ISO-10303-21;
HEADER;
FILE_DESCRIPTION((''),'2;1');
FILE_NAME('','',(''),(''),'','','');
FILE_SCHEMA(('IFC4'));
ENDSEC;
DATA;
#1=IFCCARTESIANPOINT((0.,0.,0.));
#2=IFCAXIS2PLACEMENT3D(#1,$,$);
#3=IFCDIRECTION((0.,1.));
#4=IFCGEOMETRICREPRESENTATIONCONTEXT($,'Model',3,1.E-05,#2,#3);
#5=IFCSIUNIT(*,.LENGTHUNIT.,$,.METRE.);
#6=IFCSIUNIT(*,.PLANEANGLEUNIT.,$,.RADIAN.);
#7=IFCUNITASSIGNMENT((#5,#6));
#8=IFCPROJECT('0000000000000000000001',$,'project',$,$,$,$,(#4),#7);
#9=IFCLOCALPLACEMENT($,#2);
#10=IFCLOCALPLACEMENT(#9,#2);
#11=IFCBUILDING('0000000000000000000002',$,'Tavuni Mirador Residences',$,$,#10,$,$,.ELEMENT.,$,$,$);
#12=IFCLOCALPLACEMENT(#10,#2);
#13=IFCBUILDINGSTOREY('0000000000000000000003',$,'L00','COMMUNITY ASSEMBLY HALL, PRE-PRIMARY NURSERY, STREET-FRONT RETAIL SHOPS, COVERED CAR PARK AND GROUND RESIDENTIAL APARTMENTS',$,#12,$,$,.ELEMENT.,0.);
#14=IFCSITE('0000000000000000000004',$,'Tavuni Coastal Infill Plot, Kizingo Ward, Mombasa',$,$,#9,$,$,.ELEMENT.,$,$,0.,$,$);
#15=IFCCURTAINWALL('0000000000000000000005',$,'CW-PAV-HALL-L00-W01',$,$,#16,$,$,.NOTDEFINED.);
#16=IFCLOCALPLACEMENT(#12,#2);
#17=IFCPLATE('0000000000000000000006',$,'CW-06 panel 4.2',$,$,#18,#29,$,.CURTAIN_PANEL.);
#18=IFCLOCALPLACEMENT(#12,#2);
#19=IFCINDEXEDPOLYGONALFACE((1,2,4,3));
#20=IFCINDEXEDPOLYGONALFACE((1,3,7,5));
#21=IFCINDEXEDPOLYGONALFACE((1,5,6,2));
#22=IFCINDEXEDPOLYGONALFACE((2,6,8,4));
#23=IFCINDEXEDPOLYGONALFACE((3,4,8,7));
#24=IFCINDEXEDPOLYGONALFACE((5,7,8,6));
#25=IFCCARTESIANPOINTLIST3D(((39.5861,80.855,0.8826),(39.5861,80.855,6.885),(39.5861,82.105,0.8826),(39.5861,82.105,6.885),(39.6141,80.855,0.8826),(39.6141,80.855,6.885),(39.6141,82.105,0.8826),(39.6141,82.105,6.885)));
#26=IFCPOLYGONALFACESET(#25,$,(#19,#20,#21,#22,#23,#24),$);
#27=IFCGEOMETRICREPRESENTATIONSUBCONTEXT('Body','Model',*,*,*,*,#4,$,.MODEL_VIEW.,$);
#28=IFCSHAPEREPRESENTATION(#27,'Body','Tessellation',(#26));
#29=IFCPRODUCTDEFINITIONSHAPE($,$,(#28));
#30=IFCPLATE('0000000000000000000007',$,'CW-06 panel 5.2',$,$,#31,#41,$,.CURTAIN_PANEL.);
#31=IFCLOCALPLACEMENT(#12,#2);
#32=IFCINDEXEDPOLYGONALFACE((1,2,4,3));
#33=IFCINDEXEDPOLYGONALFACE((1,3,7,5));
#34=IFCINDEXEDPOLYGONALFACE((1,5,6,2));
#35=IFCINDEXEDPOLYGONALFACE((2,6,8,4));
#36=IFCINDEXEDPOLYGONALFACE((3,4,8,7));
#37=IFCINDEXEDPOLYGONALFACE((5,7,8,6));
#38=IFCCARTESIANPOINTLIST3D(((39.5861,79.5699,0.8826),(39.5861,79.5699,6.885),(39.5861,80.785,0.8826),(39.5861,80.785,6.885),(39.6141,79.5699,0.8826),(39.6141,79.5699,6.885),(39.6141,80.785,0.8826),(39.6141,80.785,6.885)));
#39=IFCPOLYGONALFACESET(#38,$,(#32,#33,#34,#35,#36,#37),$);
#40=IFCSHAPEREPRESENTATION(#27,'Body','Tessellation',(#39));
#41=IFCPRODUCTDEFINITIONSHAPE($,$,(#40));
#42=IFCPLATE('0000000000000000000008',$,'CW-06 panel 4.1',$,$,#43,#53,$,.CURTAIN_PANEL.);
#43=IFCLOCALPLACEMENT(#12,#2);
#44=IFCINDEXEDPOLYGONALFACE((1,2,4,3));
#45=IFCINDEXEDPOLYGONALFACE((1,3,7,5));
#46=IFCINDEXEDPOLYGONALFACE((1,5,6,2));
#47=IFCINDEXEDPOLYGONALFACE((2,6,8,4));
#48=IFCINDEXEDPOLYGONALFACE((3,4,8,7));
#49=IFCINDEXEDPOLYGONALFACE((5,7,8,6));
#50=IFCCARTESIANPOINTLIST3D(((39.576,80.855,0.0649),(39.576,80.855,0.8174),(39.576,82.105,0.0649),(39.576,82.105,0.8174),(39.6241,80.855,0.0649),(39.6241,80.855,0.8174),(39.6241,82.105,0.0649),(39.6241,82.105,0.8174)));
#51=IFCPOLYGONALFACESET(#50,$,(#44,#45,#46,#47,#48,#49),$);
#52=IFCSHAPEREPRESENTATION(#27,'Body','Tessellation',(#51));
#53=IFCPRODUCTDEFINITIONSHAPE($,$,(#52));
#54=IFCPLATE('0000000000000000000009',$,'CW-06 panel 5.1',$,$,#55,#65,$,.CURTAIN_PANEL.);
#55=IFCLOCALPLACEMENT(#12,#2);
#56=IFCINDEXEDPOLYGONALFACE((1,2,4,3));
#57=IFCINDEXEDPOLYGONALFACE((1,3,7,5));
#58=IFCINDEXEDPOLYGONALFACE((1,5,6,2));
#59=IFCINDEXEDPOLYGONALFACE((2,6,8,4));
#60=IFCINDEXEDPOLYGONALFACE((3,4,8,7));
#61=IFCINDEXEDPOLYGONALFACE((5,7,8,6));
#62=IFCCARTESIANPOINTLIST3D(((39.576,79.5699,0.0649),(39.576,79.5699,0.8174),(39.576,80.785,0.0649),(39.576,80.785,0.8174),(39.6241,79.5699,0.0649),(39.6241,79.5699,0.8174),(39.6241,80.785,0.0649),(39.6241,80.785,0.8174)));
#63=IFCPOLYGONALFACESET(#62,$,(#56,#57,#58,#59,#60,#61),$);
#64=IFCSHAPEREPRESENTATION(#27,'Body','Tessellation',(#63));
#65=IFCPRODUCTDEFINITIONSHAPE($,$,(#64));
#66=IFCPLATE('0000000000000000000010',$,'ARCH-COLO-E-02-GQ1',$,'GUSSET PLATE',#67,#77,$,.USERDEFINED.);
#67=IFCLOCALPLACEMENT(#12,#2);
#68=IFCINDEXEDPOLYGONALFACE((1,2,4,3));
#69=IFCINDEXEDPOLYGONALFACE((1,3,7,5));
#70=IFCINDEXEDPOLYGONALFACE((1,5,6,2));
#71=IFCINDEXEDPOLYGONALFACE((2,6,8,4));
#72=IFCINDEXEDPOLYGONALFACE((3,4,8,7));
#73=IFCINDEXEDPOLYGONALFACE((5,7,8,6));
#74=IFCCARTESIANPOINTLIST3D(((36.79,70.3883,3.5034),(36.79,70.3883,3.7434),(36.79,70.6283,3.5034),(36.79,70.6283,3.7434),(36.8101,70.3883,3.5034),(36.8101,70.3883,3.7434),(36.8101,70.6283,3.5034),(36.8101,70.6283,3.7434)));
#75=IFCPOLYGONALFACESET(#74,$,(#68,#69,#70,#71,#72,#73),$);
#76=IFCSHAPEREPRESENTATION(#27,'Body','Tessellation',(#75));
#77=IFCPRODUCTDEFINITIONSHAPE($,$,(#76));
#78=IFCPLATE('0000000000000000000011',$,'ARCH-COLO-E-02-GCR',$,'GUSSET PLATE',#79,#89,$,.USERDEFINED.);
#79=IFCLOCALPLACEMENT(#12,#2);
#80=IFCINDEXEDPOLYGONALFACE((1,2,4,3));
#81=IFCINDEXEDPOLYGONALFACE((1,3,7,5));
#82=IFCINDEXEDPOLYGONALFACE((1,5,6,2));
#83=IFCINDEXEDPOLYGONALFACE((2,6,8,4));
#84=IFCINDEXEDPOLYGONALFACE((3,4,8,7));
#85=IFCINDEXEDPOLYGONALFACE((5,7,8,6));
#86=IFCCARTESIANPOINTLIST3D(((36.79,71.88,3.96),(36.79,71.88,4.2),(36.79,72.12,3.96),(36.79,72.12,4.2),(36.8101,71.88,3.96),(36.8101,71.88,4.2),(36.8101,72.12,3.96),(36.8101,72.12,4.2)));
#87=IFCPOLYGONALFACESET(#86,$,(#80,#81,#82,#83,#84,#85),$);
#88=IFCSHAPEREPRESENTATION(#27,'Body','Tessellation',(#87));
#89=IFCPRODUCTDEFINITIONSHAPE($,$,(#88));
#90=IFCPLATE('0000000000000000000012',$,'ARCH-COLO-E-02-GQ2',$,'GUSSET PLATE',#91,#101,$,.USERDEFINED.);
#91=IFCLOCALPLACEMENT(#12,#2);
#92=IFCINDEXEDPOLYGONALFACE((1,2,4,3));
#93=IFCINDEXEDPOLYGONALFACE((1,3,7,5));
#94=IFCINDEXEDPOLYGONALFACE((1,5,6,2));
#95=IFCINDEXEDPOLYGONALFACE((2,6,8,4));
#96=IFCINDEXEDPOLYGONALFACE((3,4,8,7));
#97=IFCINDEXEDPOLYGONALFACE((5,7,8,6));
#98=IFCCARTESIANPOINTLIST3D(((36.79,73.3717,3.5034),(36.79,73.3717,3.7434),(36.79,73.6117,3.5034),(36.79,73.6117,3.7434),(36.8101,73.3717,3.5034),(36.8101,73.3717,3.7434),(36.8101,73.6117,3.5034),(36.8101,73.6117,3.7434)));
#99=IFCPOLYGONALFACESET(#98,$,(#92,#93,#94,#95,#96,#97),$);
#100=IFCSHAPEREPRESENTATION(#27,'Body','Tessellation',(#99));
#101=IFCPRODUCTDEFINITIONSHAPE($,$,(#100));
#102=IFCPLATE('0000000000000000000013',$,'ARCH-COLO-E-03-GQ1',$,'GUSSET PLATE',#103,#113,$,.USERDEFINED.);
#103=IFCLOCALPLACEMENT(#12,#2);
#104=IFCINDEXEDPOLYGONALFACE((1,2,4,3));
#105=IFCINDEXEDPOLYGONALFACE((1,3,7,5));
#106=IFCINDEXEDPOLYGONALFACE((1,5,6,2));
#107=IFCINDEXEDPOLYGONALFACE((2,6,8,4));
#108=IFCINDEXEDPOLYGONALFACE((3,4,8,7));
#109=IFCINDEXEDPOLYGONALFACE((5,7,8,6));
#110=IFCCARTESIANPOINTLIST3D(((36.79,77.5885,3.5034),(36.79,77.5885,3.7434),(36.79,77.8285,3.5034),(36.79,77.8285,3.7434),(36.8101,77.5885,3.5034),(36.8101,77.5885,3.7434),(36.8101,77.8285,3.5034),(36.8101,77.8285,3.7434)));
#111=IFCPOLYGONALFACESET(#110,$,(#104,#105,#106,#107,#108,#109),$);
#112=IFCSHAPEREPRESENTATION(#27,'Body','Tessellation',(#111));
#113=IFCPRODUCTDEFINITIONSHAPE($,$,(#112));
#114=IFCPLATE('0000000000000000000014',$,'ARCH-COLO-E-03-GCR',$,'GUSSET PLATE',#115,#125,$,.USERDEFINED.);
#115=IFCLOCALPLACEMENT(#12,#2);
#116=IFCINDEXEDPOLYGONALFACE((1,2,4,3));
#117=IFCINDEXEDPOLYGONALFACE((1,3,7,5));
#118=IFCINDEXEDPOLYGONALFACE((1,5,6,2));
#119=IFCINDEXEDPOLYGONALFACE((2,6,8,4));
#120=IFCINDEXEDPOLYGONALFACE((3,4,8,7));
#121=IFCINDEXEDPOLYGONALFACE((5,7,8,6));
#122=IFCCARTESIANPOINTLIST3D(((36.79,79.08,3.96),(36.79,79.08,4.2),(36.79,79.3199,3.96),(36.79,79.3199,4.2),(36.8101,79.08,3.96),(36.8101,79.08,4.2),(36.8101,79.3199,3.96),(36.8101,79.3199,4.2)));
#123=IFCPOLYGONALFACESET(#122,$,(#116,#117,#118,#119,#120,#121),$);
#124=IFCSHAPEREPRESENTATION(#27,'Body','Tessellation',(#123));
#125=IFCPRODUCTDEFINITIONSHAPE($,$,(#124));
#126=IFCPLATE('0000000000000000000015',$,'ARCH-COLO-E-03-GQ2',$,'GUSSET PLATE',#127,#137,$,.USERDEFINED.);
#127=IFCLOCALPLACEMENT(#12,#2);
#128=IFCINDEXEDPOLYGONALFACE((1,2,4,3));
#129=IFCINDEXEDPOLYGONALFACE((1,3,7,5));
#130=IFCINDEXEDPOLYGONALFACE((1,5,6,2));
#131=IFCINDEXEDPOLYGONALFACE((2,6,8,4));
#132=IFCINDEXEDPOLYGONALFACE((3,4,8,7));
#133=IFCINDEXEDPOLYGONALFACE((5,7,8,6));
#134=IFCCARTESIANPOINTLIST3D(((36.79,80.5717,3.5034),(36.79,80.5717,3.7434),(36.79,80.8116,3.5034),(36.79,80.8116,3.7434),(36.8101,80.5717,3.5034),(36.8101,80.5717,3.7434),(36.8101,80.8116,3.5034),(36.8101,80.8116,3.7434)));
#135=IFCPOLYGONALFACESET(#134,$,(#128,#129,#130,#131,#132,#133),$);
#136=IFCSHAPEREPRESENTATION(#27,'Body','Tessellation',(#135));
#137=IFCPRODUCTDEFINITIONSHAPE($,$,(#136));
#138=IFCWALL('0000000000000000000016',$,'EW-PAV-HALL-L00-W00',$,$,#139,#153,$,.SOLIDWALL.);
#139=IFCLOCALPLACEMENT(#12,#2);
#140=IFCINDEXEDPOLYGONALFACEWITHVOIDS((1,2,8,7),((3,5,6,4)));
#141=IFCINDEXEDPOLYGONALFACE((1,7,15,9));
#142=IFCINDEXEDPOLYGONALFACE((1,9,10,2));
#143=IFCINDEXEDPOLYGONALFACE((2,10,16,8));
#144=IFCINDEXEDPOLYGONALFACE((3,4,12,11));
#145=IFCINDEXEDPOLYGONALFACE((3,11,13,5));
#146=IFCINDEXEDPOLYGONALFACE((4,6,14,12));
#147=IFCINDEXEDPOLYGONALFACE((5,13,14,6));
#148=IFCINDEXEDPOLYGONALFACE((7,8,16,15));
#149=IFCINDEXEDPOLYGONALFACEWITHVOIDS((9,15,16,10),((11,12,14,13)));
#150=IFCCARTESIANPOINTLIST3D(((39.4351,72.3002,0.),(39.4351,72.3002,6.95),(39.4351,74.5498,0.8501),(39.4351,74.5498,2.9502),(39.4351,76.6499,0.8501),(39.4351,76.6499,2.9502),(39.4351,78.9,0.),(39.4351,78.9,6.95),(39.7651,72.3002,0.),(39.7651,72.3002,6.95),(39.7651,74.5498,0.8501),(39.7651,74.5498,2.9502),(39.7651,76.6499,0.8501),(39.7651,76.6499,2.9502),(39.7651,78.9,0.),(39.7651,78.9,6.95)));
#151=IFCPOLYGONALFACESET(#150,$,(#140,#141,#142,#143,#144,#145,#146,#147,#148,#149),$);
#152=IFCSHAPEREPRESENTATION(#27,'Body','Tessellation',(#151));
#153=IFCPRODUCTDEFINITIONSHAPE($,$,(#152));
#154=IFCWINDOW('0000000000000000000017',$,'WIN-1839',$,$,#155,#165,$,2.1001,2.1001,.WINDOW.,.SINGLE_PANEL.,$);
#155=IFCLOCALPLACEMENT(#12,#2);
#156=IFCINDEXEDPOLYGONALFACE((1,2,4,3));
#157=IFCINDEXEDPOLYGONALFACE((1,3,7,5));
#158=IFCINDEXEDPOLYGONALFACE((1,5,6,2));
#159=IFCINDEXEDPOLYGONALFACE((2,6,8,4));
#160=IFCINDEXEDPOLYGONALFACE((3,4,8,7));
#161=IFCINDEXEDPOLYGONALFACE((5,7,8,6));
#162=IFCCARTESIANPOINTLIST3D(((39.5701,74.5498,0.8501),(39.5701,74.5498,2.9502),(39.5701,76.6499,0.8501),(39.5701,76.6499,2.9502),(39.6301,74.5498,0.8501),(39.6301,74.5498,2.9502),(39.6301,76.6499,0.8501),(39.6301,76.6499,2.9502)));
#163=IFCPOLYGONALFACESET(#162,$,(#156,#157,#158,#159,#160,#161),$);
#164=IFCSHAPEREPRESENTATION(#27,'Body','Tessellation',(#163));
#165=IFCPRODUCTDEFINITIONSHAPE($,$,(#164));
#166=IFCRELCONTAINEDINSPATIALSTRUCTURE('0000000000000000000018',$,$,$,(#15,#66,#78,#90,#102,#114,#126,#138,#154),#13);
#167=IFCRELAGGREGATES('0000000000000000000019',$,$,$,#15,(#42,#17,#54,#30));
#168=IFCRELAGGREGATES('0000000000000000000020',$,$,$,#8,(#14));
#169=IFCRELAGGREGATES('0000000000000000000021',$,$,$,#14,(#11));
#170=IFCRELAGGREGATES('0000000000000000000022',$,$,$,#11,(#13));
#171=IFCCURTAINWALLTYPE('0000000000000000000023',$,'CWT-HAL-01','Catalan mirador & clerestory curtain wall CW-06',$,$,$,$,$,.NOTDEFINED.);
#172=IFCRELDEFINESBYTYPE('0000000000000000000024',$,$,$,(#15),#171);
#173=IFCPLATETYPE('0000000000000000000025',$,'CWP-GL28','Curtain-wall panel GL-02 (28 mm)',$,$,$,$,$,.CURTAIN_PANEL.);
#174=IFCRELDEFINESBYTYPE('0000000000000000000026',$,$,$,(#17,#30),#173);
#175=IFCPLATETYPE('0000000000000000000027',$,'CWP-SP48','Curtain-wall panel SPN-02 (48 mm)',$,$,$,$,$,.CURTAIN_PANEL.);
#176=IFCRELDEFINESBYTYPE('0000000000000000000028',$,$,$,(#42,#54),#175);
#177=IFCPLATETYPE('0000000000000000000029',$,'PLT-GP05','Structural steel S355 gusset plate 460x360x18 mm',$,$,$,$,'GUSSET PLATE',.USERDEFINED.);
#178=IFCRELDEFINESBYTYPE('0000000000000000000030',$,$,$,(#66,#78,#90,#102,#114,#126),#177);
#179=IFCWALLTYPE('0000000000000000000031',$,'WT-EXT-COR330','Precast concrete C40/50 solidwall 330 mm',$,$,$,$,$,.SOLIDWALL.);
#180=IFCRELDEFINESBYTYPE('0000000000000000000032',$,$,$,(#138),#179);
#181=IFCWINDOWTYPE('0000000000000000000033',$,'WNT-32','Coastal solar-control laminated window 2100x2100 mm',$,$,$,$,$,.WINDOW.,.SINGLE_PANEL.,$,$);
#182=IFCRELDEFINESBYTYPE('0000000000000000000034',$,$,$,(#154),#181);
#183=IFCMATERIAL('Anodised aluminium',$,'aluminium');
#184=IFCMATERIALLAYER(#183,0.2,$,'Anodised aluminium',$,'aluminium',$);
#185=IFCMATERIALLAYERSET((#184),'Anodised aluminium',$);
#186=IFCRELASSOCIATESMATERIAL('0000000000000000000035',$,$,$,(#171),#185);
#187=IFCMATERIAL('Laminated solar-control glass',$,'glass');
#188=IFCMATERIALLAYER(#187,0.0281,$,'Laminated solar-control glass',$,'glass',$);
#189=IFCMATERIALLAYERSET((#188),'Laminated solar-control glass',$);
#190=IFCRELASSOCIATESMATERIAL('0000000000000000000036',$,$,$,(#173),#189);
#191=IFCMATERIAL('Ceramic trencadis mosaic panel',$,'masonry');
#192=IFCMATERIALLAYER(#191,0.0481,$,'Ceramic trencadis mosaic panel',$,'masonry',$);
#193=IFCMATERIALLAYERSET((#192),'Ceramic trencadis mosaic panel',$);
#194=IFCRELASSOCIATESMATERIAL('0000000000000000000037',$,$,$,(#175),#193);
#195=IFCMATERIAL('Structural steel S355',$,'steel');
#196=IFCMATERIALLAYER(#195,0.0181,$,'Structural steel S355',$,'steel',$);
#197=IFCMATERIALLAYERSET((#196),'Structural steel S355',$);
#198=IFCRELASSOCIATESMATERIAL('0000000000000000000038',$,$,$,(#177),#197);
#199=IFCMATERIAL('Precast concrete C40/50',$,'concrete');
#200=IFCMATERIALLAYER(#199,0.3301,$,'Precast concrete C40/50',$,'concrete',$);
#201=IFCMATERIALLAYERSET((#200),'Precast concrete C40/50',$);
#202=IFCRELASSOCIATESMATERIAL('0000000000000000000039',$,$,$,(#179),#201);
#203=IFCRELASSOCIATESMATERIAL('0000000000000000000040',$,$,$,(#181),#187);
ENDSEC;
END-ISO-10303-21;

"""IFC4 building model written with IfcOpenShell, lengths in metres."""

from ifc_helpers import new_model, si_unit, direction, frame, frame_2d, origin, origin_2d, place, context, subcontext, project, spatial, rectangle, extrude, material, layer, layer_set, type_object, element, fill, aggregate, save


model = new_model("IFC4")

# Units and contexts
model_context = context("Model", 3, precision=1e-05, world=origin(), true_north=direction((0.0, 1.0)))
body_context = subcontext(model_context, "Body", "Model", "MODEL_VIEW")
ifc_project = project(units=[si_unit("LENGTHUNIT", "METRE"), si_unit("PLANEANGLEUNIT", "RADIAN")], contexts=[model_context])

# Site, building, storey
site_placement = place(None, origin())
site = spatial("IfcSite", under=ifc_project, at=site_placement, Name="Tavuni Coastal Infill Plot, Kizingo Ward, Mombasa", CompositionType="ELEMENT", RefElevation=0.0)
building_placement = place(site_placement, origin())
building = spatial("IfcBuilding", under=site, at=building_placement, Name="Tavuni Mirador Residences", CompositionType="ELEMENT")
storey_placement = place(building_placement, origin())
storey = spatial("IfcBuildingStorey", under=building, at=storey_placement, Name="L00", Description="COMMUNITY ASSEMBLY HALL, PRE-PRIMARY NURSERY, STREET-FRONT RETAIL SHOPS, COVERED CAR PARK AND GROUND RESIDENTIAL APARTMENTS", CompositionType="ELEMENT", Elevation=0.0)

# Shared definitions
ifc_material_1 = material(Name="Precast concrete C40/50", Category="concrete")

# Curtain wall
ifc_material_2 = material(Name="Anodised aluminium", Category="aluminium")
ifc_layer_1 = layer(ifc_material_2, 0.2, Name="Anodised aluminium", Category="aluminium")
ifc_layer_set_1 = layer_set([ifc_layer_1], Name="Anodised aluminium")
curtain_wall_type = type_object("IfcCurtainWallType", Name="CWT-HAL-01", Description="Catalan mirador & clerestory curtain wall CW-06", PredefinedType="NOTDEFINED", material=ifc_layer_set_1)
curtain_wall_placement = place(storey_placement, origin())
curtain_wall = element("IfcCurtainWall", 1, at=curtain_wall_placement, inside=storey, type_object=curtain_wall_type, Name="CW-PAV-HALL-L00-W01", PredefinedType="NOTDEFINED")

# Shared definitions
ifc_material_3 = material(Name="Structural steel S355", Category="steel")

# Plates
ifc_material_4 = material(Name="Laminated solar-control glass", Category="glass")
ifc_layer_2 = layer(ifc_material_4, 0.0281, Name="Laminated solar-control glass", Category="glass")
ifc_layer_set_2 = layer_set([ifc_layer_2], Name="Laminated solar-control glass")
plate_type_1 = type_object("IfcPlateType", Name="CWP-GL28", Description="Curtain-wall panel GL-02 (28 mm)", PredefinedType="CURTAIN_PANEL", material=ifc_layer_set_2)
plate_1_placement = place(storey_placement, frame((39.6001, 81.48, 0.8826), z_axis=(0.0, 0.0, 1.0), x_axis=(0.0, -1.0, 0.0)))
plate_1 = element("IfcPlate", 2, at=plate_1_placement, type_object=plate_type_1, Name="CW-06 panel 4.2", PredefinedType="CURTAIN_PANEL", context=body_context, shape_type="SweptSolid", body=[
    extrude(rectangle(XDim=1.25, YDim=0.0281, at=origin_2d()), origin(), (0.0, 0.0, 1.0), 6.0024),
])
plate_2_placement = place(storey_placement, frame((39.6001, 80.1775, 0.8826), z_axis=(0.0, 0.0, 1.0), x_axis=(0.0, -1.0, 0.0)))
plate_2 = element("IfcPlate", 3, at=plate_2_placement, type_object=plate_type_1, Name="CW-06 panel 5.2", PredefinedType="CURTAIN_PANEL", context=body_context, shape_type="SweptSolid", body=[
    extrude(rectangle(XDim=1.2151, YDim=0.0281, at=origin_2d()), origin(), (0.0, 0.0, 1.0), 6.0024),
])
ifc_material_5 = material(Name="Ceramic trencadis mosaic panel", Category="masonry")
ifc_layer_3 = layer(ifc_material_5, 0.0481, Name="Ceramic trencadis mosaic panel", Category="masonry")
ifc_layer_set_3 = layer_set([ifc_layer_3], Name="Ceramic trencadis mosaic panel")
plate_type_2 = type_object("IfcPlateType", Name="CWP-SP48", Description="Curtain-wall panel SPN-02 (48 mm)", PredefinedType="CURTAIN_PANEL", material=ifc_layer_set_3)
plate_3_placement = place(storey_placement, frame((39.6001, 81.48, 0.0649), z_axis=(0.0, 0.0, 1.0), x_axis=(0.0, -1.0, 0.0)))
plate_3 = element("IfcPlate", 4, at=plate_3_placement, type_object=plate_type_2, Name="CW-06 panel 4.1", PredefinedType="CURTAIN_PANEL", context=body_context, shape_type="SweptSolid", body=[
    extrude(rectangle(XDim=1.25, YDim=0.0481, at=origin_2d()), origin(), (0.0, 0.0, 1.0), 0.7524),
])
plate_4_placement = place(storey_placement, frame((39.6001, 80.1775, 0.0649), z_axis=(0.0, 0.0, 1.0), x_axis=(0.0, -1.0, 0.0)))
plate_4 = element("IfcPlate", 5, at=plate_4_placement, type_object=plate_type_2, Name="CW-06 panel 5.1", PredefinedType="CURTAIN_PANEL", context=body_context, shape_type="SweptSolid", body=[
    extrude(rectangle(XDim=1.2151, YDim=0.0481, at=origin_2d()), origin(), (0.0, 0.0, 1.0), 0.7524),
])
aggregate(curtain_wall, [plate_3, plate_1, plate_4, plate_2])

# Plates
ifc_layer_4 = layer(ifc_material_3, 0.0181, Name="Structural steel S355", Category="steel")
ifc_layer_set_4 = layer_set([ifc_layer_4], Name="Structural steel S355")
plate_type_3 = type_object("IfcPlateType", Name="PLT-GP05", Description="Structural steel S355 gusset plate 460x360x18 mm", ElementType="GUSSET PLATE", PredefinedType="USERDEFINED", material=ifc_layer_set_4)
for number, where, z_axis, x_axis, name in (
    (6, (36.8, 70.5083, 3.5034), (0.0, 0.0, 1.0), (1.0, 0.0, 0.0), "ARCH-COLO-E-02-GQ1"),
    (7, (36.8, 72.0, 3.96), (0.0, 0.0, 1.0), (1.0, 0.0, 0.0), "ARCH-COLO-E-02-GCR"),
    (8, (36.8, 73.4917, 3.5034), (0.0, 0.0, 1.0), (1.0, 0.0, 0.0), "ARCH-COLO-E-02-GQ2"),
    (9, (36.8, 77.7085, 3.5034), (0.0, 0.0, 1.0), (1.0, 0.0, 0.0), "ARCH-COLO-E-03-GQ1"),
    (10, (36.8, 79.2, 3.96), (0.0, 0.0, 1.0), (1.0, 0.0, 0.0), "ARCH-COLO-E-03-GCR"),
    (11, (36.8, 80.6917, 3.5034), (0.0, 0.0, 1.0), (1.0, 0.0, 0.0), "ARCH-COLO-E-03-GQ2"),
):
    element("IfcPlate", number, at=place(storey_placement, frame(where, z_axis=z_axis, x_axis=x_axis)), inside=storey, type_object=plate_type_3, Name=name, ObjectType="GUSSET PLATE", PredefinedType="USERDEFINED", context=body_context, shape_type="SweptSolid", body=[
        extrude(rectangle(XDim=0.02, YDim=0.24, at=origin_2d()), origin(), (0.0, 0.0, 1.0), 0.24),
    ])

# Wall, opening, window
ifc_layer_5 = layer(ifc_material_1, 0.3301, Name="Precast concrete C40/50", Category="concrete")
ifc_layer_set_5 = layer_set([ifc_layer_5], Name="Precast concrete C40/50")
wall_type = type_object("IfcWallType", Name="WT-EXT-COR330", Description="Precast concrete C40/50 solidwall 330 mm", PredefinedType="SOLIDWALL", material=ifc_layer_set_5)
wall_placement = place(storey_placement, frame((39.6001, 78.8999, 0.0), z_axis=(0.0, 0.0, 1.0), x_axis=(0.0, -1.0, 0.0)))
wall = element("IfcWall", 12, at=wall_placement, inside=storey, type_object=wall_type, Name="EW-PAV-HALL-L00-W00", PredefinedType="SOLIDWALL", context=body_context, shape_type="SweptSolid", body=[
    extrude(rectangle(XDim=6.5999, YDim=0.3301, at=frame_2d((3.2998, 0.0))), origin(), (0.0, 0.0, 1.0), 6.95),
])
opening_placement = place(wall_placement, frame((2.25, 0.0, 0.8501)))
opening = element("IfcOpeningElement", 13, at=opening_placement, cuts=wall, PredefinedType="OPENING", context=body_context, shape_type="SweptSolid", body=[
    extrude(rectangle(XDim=2.1001, YDim=2.1001, at=frame_2d((1.05, 1.05))), frame((0.0, 0.175, 0.0), z_axis=(0.0, -1.0, 0.0), x_axis=(1.0, 0.0, 0.0)), (0.0, 0.0, 1.0), 0.3501),
])
window_type = type_object("IfcWindowType", Name="WNT-32", Description="Coastal solar-control laminated window 2100x2100 mm", PartitioningType="SINGLE_PANEL", PredefinedType="WINDOW", material=ifc_material_4)
window_placement = place(opening_placement, origin())
window = element("IfcWindow", 14, at=window_placement, inside=storey, type_object=window_type, Name="WIN-1839", OverallHeight=2.1001, OverallWidth=2.1001, PartitioningType="SINGLE_PANEL", PredefinedType="WINDOW", context=body_context, shape_type="SweptSolid", body=[
    extrude(rectangle(XDim=2.1001, YDim=2.1001, at=frame_2d((1.05, 1.05))), frame((0.0, 0.03, 0.0), z_axis=(0.0, -1.0, 0.0), x_axis=(1.0, 0.0, 0.0)), (0.0, 0.0, 1.0), 0.0601),
])
fill(opening, window)

save(model, "model.ifc")
